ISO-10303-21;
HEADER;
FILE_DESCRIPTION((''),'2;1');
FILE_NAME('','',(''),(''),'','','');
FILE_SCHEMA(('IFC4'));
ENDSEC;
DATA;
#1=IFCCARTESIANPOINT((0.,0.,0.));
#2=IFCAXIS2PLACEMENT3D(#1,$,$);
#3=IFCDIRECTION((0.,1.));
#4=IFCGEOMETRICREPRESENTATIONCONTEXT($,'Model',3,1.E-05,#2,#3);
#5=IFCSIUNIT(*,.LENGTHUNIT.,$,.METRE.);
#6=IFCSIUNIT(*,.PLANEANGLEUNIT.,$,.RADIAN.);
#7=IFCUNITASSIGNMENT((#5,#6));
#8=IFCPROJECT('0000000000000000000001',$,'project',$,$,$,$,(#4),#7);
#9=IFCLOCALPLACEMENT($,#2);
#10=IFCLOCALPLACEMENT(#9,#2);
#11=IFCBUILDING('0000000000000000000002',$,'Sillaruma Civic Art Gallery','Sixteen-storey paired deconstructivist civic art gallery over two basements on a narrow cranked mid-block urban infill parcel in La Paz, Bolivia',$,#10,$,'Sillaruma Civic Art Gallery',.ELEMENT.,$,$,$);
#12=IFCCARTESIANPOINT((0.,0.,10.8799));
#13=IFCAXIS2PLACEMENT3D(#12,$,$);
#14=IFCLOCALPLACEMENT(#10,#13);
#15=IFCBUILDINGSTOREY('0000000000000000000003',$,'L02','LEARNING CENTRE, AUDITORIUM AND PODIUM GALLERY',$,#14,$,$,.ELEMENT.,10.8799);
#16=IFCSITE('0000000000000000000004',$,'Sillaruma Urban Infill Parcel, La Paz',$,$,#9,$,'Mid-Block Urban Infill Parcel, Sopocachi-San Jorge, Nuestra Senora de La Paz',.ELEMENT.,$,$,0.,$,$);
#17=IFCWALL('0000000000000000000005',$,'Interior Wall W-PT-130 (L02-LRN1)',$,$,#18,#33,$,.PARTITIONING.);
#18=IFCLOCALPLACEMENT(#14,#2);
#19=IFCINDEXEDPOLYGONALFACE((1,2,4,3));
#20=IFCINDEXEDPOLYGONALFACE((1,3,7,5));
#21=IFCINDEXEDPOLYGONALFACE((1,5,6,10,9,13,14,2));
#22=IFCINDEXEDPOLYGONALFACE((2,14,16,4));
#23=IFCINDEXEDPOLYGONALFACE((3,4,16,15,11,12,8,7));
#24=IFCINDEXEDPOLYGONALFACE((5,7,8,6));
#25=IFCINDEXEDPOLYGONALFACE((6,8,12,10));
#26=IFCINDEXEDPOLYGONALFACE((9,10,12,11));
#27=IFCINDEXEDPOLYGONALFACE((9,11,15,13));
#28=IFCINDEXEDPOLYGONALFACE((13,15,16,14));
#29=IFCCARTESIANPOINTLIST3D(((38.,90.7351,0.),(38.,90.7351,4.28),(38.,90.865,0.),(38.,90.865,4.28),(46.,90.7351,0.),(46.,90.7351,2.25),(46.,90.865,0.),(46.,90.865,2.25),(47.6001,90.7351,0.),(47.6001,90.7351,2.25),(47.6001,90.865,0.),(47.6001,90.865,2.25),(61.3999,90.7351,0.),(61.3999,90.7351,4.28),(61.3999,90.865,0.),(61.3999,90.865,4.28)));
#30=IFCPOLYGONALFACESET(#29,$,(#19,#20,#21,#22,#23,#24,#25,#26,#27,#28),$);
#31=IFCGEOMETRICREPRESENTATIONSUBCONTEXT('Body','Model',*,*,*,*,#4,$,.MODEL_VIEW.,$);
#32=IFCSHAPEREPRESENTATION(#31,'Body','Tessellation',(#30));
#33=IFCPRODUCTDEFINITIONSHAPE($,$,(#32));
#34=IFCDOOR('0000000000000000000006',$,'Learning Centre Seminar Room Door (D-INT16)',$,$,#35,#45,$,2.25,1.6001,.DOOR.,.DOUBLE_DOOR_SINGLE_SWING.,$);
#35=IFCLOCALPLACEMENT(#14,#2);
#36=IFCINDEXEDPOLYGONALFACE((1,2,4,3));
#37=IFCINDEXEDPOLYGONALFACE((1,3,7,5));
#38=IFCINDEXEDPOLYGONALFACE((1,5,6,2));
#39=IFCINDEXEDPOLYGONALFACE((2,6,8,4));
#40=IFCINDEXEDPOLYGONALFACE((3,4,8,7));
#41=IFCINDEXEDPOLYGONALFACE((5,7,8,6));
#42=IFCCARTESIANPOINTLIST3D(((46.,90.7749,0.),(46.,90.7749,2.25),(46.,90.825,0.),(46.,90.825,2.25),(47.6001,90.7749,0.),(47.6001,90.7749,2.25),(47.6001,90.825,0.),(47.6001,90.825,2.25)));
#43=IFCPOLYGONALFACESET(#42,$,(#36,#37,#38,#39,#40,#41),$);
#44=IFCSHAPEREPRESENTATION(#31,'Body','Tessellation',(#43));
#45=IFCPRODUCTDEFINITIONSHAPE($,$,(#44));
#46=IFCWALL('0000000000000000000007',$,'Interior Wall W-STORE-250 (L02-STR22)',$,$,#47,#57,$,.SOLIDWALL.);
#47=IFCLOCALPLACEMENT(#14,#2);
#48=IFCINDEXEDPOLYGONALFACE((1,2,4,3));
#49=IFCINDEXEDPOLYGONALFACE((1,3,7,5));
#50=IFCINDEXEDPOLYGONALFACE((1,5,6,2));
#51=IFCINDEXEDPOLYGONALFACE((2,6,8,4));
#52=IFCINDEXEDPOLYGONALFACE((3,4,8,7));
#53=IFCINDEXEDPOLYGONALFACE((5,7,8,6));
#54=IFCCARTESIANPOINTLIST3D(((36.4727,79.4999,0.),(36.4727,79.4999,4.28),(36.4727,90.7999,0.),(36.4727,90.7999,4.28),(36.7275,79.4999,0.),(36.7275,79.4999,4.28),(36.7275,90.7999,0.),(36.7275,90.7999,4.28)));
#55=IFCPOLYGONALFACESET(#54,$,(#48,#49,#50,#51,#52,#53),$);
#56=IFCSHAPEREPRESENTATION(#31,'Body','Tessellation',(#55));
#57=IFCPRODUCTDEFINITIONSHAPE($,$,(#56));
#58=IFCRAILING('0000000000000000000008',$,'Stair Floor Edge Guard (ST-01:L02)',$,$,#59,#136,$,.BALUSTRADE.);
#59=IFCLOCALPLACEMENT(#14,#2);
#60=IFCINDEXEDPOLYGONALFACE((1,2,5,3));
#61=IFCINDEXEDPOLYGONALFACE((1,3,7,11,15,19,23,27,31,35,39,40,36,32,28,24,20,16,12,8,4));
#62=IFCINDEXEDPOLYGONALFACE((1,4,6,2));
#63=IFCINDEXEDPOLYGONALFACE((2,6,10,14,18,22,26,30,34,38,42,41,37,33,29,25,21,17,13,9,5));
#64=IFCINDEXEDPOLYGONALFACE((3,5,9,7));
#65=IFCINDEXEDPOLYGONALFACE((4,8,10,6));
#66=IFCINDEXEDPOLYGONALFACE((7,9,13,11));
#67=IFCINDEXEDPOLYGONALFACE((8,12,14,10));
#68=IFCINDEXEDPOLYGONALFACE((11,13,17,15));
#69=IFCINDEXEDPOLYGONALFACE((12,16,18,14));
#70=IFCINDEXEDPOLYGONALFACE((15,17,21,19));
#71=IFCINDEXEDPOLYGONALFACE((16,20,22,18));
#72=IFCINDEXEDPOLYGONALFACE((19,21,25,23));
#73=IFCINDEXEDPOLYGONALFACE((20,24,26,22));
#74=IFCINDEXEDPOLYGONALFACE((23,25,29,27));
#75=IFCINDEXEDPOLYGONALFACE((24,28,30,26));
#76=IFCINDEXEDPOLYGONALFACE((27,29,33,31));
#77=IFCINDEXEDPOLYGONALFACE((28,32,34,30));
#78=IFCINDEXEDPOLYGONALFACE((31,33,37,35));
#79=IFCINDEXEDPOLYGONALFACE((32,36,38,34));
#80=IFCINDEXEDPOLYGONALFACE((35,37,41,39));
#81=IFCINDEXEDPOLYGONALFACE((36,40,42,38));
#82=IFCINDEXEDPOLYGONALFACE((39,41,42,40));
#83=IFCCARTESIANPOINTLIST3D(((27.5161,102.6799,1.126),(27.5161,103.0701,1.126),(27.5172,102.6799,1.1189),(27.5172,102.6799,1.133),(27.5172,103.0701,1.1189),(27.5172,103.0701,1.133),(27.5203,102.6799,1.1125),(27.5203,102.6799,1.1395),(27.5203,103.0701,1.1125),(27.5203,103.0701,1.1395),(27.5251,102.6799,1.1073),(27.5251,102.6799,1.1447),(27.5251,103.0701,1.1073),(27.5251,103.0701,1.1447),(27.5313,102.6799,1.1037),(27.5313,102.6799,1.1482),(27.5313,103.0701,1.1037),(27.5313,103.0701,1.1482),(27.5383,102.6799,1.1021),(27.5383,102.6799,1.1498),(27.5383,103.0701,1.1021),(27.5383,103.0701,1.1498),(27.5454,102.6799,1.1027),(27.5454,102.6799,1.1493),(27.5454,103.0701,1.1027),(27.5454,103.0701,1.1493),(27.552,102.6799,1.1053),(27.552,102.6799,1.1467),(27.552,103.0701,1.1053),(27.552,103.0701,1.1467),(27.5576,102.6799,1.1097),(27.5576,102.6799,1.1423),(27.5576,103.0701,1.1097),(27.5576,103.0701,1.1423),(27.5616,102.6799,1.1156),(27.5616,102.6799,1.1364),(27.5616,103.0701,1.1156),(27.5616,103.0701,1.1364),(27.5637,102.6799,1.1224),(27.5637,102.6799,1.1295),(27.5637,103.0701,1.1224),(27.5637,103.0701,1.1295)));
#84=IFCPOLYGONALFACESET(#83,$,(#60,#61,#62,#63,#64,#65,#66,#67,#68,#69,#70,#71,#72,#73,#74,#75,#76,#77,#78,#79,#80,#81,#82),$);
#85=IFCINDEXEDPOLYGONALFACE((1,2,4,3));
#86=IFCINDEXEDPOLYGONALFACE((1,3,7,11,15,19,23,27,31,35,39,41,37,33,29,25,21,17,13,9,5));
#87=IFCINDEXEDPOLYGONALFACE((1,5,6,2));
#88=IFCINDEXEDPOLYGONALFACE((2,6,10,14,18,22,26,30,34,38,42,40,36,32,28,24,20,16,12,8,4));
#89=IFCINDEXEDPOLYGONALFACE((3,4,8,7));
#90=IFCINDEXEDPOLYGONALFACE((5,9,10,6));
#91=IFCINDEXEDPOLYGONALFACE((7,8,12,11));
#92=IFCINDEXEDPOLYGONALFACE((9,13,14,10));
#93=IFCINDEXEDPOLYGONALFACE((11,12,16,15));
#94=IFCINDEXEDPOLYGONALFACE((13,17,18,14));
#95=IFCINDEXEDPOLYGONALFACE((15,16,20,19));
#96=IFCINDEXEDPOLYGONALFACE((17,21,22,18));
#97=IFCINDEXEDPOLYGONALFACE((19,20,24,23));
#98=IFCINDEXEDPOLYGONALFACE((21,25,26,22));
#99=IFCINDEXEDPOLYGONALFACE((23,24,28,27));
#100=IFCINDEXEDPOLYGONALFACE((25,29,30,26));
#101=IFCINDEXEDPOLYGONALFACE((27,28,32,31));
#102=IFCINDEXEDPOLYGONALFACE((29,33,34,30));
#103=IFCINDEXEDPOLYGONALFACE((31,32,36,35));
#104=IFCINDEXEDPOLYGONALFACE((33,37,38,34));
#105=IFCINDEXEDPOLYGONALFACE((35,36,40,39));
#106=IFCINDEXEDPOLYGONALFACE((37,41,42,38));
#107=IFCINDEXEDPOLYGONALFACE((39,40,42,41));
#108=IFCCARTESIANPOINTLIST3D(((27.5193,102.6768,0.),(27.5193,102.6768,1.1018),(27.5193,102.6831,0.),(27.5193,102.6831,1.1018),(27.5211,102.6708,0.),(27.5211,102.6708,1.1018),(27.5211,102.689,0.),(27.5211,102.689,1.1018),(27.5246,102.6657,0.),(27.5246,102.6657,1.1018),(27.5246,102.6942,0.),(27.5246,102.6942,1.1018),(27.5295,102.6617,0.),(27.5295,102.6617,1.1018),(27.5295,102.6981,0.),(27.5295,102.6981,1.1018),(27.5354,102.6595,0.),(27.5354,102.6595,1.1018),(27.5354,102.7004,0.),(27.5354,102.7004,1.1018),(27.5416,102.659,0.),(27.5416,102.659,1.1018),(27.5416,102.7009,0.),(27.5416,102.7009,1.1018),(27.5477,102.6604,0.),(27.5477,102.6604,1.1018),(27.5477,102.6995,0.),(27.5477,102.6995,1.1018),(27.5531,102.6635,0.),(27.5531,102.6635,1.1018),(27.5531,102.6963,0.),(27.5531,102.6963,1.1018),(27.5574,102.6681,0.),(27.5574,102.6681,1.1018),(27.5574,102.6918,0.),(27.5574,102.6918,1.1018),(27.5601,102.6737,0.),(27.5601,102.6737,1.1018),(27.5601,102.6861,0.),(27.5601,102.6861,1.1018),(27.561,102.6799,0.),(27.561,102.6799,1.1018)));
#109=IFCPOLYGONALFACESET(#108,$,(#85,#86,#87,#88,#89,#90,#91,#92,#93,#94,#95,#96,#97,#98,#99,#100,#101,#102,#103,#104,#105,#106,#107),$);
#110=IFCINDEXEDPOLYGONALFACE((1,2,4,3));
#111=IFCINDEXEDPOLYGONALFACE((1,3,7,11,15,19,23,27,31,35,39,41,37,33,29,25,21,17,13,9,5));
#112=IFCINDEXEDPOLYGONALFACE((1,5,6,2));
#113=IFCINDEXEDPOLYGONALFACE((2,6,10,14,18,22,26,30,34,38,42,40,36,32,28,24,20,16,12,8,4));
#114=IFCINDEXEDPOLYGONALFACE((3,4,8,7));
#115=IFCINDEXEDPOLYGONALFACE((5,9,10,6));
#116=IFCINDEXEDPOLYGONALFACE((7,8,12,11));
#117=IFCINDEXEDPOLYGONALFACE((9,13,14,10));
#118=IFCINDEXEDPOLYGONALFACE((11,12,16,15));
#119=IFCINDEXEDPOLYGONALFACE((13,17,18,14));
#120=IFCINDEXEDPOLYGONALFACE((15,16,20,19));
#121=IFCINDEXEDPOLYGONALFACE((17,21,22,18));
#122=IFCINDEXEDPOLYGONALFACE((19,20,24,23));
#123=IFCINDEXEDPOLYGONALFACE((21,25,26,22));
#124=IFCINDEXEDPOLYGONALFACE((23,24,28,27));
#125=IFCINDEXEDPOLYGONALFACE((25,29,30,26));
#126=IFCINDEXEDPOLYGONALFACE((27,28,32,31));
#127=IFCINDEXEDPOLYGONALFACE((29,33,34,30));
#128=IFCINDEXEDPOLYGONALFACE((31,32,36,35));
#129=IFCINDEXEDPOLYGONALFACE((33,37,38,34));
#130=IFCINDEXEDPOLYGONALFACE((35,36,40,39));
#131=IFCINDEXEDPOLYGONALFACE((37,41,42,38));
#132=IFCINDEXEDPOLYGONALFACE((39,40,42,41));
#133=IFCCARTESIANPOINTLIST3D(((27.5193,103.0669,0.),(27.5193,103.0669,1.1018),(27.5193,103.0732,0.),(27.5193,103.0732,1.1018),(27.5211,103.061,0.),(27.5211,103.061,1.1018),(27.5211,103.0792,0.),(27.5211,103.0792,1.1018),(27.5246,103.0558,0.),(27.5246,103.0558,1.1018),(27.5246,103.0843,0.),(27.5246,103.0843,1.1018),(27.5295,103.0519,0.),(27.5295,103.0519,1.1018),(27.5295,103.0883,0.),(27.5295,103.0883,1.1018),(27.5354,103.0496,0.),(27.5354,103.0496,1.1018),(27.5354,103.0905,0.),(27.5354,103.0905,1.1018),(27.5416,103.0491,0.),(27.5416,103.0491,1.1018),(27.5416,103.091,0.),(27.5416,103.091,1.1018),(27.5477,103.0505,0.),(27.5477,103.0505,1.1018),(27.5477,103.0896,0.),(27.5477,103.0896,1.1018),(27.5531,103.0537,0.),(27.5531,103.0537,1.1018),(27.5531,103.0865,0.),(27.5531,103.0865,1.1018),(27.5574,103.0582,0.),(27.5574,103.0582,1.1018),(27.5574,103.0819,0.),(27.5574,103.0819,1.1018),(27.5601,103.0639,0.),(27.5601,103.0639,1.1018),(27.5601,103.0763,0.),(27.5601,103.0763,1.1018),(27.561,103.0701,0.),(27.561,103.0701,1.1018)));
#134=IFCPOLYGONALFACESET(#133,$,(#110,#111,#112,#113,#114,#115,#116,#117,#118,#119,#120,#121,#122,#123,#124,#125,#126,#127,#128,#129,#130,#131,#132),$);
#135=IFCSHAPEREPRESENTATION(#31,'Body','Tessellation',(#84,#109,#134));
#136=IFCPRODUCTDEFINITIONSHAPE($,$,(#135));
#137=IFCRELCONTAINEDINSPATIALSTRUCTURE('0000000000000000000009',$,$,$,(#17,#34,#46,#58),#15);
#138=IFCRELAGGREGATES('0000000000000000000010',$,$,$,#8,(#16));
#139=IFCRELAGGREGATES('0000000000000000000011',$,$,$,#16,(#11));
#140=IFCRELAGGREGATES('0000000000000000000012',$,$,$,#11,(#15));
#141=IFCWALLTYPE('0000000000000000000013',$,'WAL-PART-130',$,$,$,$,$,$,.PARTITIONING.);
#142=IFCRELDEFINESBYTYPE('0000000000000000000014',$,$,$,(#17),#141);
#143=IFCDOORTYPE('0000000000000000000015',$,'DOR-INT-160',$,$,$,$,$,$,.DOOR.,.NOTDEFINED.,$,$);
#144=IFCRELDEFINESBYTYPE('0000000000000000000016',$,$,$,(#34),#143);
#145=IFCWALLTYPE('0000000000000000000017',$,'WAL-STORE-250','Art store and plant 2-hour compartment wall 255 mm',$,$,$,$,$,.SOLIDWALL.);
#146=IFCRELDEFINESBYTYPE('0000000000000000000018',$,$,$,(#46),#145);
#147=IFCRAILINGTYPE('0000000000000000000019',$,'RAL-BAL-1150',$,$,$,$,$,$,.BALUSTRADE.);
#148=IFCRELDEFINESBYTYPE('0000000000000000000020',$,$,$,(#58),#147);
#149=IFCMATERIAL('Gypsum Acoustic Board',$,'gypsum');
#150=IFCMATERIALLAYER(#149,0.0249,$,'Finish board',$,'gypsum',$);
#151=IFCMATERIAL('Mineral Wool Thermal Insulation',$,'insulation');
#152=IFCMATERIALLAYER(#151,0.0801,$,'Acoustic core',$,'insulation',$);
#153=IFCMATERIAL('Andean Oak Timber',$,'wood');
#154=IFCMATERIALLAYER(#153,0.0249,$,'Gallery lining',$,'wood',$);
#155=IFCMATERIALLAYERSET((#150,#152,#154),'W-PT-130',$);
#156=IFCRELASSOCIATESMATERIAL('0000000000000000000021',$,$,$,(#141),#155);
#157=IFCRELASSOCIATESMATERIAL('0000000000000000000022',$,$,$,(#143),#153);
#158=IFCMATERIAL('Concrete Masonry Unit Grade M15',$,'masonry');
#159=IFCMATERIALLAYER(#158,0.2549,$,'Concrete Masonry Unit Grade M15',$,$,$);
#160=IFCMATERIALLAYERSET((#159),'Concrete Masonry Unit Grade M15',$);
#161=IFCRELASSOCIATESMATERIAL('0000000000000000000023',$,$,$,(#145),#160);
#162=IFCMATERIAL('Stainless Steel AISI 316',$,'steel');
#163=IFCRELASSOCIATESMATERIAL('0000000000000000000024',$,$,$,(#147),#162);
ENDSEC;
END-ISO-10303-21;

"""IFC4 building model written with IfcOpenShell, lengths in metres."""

from ifc_helpers import new_model, si_unit, direction, frame, frame_2d, origin, origin_2d, place, context, subcontext, project, spatial, rectangle, circle, extrude, material, layer, layer_set, type_object, element, fill, save


model = new_model("IFC4")

# Units and contexts
model_context = context("Model", 3, precision=1e-05, world=origin(), true_north=direction((0.0, 1.0)))
body_context = subcontext(model_context, "Body", "Model", "MODEL_VIEW")
ifc_project = project(units=[si_unit("LENGTHUNIT", "METRE"), si_unit("PLANEANGLEUNIT", "RADIAN")], contexts=[model_context])

# Site, building, storey
site_placement = place(None, origin())
site = spatial("IfcSite", under=ifc_project, at=site_placement, Name="Sillaruma Urban Infill Parcel, La Paz", LongName="Mid-Block Urban Infill Parcel, Sopocachi-San Jorge, Nuestra Senora de La Paz", CompositionType="ELEMENT", RefElevation=0.0)
building_placement = place(site_placement, origin())
building = spatial("IfcBuilding", under=site, at=building_placement, Name="Sillaruma Civic Art Gallery", Description="Sixteen-storey paired deconstructivist civic art gallery over two basements on a narrow cranked mid-block urban infill parcel in La Paz, Bolivia", LongName="Sillaruma Civic Art Gallery", CompositionType="ELEMENT")
storey_placement = place(building_placement, frame((0.0, 0.0, 10.8799)))
storey = spatial("IfcBuildingStorey", under=building, at=storey_placement, Name="L02", Description="LEARNING CENTRE, AUDITORIUM AND PODIUM GALLERY", CompositionType="ELEMENT", Elevation=10.8799)

# Wall, opening, door
ifc_material_1 = material(Name="Gypsum Acoustic Board", Category="gypsum")
ifc_layer_1 = layer(ifc_material_1, 0.0249, Name="Finish board", Category="gypsum")
ifc_material_2 = material(Name="Mineral Wool Thermal Insulation", Category="insulation")
ifc_layer_2 = layer(ifc_material_2, 0.0801, Name="Acoustic core", Category="insulation")
ifc_material_3 = material(Name="Andean Oak Timber", Category="wood")
ifc_layer_3 = layer(ifc_material_3, 0.0249, Name="Gallery lining", Category="wood")
ifc_layer_set_1 = layer_set([ifc_layer_1, ifc_layer_2, ifc_layer_3], Name="W-PT-130")
wall_type_1 = type_object("IfcWallType", Name="WAL-PART-130", PredefinedType="PARTITIONING", material=ifc_layer_set_1)
wall_1_placement = place(storey_placement, frame((38.0, 90.8, 0.0), z_axis=(0.0, 0.0, 1.0), x_axis=(1.0, 0.0, 0.0)))
wall_1 = element("IfcWall", 1, at=wall_1_placement, inside=storey, type_object=wall_type_1, Name="Interior Wall W-PT-130 (L02-LRN1)", PredefinedType="PARTITIONING", context=body_context, shape_type="SweptSolid", body=[
    extrude(rectangle(XDim=23.3999, YDim=0.1299, at=frame_2d((11.7, 0.0))), origin(), (0.0, 0.0, 1.0), 4.28),
])
opening_1_placement = place(wall_1_placement, frame((8.0, 0.0, 0.0)))
opening_1 = element("IfcOpeningElement", 2, at=opening_1_placement, cuts=wall_1, PredefinedType="OPENING", context=body_context, shape_type="SweptSolid", body=[
    extrude(rectangle(XDim=1.6001, YDim=2.25, at=frame_2d((0.8, 1.125))), frame((0.0, 0.075, 0.0), z_axis=(0.0, -1.0, 0.0), x_axis=(1.0, 0.0, 0.0)), (0.0, 0.0, 1.0), 0.1499),
])
door_type_1 = type_object("IfcDoorType", Name="DOR-INT-160", OperationType="NOTDEFINED", PredefinedType="DOOR", material=ifc_material_3)
door_1_placement = place(opening_1_placement, origin())
door_1 = element("IfcDoor", 3, at=door_1_placement, inside=storey, type_object=door_type_1, Name="Learning Centre Seminar Room Door (D-INT16)", OperationType="DOUBLE_DOOR_SINGLE_SWING", OverallHeight=2.25, OverallWidth=1.6001, PredefinedType="DOOR", context=body_context, shape_type="SweptSolid", body=[
    extrude(rectangle(XDim=1.6001, YDim=2.25, at=frame_2d((0.8, 1.125))), frame((0.0, 0.0249, 0.0), z_axis=(0.0, -1.0, 0.0), x_axis=(1.0, 0.0, 0.0)), (0.0, 0.0, 1.0), 0.05),
])
fill(opening_1, door_1)

# Wall
ifc_material_4 = material(Name="Concrete Masonry Unit Grade M15", Category="masonry")
ifc_layer_4 = layer(ifc_material_4, 0.2549, Name="Concrete Masonry Unit Grade M15")
ifc_layer_set_2 = layer_set([ifc_layer_4], Name="Concrete Masonry Unit Grade M15")
wall_type_2 = type_object("IfcWallType", Name="WAL-STORE-250", Description="Art store and plant 2-hour compartment wall 255 mm", PredefinedType="SOLIDWALL", material=ifc_layer_set_2)
wall_2_placement = place(storey_placement, frame((36.6001, 79.5, 0.0), z_axis=(0.0, 0.0, 1.0), x_axis=(0.0, 1.0, 0.0)))
element("IfcWall", 4, at=wall_2_placement, inside=storey, type_object=wall_type_2, Name="Interior Wall W-STORE-250 (L02-STR22)", PredefinedType="SOLIDWALL", context=body_context, shape_type="SweptSolid", body=[
    extrude(rectangle(XDim=11.3, YDim=0.2549, at=frame_2d((5.6499, 0.0))), origin(), (0.0, 0.0, 1.0), 4.28),
])

# Railing
ifc_material_5 = material(Name="Stainless Steel AISI 316", Category="steel")
railing_type = type_object("IfcRailingType", Name="RAL-BAL-1150", PredefinedType="BALUSTRADE", material=ifc_material_5)
railing_placement = place(storey_placement, frame((27.54, 102.6799, 0.0)))
element("IfcRailing", 5, at=railing_placement, inside=storey, type_object=railing_type, Name="Stair Floor Edge Guard (ST-01:L02)", PredefinedType="BALUSTRADE", context=body_context, shape_type="SweptSolid", body=[
    extrude(circle(Radius=0.0239, at=origin_2d()), frame((0.0, 0.0, 1.126), z_axis=(0.0, 1.0, 0.0), x_axis=(-1.0, 0.0, 0.0)), (0.0, 0.0, 1.0), 0.3901),
    extrude(circle(Radius=0.021, at=origin_2d()), origin(), (0.0, 0.0, 1.0), 1.1018),
    extrude(circle(Radius=0.021, at=origin_2d()), frame((0.0, 0.3901, 0.0)), (0.0, 0.0, 1.0), 1.1018),
])

save(model, "model.ifc")
